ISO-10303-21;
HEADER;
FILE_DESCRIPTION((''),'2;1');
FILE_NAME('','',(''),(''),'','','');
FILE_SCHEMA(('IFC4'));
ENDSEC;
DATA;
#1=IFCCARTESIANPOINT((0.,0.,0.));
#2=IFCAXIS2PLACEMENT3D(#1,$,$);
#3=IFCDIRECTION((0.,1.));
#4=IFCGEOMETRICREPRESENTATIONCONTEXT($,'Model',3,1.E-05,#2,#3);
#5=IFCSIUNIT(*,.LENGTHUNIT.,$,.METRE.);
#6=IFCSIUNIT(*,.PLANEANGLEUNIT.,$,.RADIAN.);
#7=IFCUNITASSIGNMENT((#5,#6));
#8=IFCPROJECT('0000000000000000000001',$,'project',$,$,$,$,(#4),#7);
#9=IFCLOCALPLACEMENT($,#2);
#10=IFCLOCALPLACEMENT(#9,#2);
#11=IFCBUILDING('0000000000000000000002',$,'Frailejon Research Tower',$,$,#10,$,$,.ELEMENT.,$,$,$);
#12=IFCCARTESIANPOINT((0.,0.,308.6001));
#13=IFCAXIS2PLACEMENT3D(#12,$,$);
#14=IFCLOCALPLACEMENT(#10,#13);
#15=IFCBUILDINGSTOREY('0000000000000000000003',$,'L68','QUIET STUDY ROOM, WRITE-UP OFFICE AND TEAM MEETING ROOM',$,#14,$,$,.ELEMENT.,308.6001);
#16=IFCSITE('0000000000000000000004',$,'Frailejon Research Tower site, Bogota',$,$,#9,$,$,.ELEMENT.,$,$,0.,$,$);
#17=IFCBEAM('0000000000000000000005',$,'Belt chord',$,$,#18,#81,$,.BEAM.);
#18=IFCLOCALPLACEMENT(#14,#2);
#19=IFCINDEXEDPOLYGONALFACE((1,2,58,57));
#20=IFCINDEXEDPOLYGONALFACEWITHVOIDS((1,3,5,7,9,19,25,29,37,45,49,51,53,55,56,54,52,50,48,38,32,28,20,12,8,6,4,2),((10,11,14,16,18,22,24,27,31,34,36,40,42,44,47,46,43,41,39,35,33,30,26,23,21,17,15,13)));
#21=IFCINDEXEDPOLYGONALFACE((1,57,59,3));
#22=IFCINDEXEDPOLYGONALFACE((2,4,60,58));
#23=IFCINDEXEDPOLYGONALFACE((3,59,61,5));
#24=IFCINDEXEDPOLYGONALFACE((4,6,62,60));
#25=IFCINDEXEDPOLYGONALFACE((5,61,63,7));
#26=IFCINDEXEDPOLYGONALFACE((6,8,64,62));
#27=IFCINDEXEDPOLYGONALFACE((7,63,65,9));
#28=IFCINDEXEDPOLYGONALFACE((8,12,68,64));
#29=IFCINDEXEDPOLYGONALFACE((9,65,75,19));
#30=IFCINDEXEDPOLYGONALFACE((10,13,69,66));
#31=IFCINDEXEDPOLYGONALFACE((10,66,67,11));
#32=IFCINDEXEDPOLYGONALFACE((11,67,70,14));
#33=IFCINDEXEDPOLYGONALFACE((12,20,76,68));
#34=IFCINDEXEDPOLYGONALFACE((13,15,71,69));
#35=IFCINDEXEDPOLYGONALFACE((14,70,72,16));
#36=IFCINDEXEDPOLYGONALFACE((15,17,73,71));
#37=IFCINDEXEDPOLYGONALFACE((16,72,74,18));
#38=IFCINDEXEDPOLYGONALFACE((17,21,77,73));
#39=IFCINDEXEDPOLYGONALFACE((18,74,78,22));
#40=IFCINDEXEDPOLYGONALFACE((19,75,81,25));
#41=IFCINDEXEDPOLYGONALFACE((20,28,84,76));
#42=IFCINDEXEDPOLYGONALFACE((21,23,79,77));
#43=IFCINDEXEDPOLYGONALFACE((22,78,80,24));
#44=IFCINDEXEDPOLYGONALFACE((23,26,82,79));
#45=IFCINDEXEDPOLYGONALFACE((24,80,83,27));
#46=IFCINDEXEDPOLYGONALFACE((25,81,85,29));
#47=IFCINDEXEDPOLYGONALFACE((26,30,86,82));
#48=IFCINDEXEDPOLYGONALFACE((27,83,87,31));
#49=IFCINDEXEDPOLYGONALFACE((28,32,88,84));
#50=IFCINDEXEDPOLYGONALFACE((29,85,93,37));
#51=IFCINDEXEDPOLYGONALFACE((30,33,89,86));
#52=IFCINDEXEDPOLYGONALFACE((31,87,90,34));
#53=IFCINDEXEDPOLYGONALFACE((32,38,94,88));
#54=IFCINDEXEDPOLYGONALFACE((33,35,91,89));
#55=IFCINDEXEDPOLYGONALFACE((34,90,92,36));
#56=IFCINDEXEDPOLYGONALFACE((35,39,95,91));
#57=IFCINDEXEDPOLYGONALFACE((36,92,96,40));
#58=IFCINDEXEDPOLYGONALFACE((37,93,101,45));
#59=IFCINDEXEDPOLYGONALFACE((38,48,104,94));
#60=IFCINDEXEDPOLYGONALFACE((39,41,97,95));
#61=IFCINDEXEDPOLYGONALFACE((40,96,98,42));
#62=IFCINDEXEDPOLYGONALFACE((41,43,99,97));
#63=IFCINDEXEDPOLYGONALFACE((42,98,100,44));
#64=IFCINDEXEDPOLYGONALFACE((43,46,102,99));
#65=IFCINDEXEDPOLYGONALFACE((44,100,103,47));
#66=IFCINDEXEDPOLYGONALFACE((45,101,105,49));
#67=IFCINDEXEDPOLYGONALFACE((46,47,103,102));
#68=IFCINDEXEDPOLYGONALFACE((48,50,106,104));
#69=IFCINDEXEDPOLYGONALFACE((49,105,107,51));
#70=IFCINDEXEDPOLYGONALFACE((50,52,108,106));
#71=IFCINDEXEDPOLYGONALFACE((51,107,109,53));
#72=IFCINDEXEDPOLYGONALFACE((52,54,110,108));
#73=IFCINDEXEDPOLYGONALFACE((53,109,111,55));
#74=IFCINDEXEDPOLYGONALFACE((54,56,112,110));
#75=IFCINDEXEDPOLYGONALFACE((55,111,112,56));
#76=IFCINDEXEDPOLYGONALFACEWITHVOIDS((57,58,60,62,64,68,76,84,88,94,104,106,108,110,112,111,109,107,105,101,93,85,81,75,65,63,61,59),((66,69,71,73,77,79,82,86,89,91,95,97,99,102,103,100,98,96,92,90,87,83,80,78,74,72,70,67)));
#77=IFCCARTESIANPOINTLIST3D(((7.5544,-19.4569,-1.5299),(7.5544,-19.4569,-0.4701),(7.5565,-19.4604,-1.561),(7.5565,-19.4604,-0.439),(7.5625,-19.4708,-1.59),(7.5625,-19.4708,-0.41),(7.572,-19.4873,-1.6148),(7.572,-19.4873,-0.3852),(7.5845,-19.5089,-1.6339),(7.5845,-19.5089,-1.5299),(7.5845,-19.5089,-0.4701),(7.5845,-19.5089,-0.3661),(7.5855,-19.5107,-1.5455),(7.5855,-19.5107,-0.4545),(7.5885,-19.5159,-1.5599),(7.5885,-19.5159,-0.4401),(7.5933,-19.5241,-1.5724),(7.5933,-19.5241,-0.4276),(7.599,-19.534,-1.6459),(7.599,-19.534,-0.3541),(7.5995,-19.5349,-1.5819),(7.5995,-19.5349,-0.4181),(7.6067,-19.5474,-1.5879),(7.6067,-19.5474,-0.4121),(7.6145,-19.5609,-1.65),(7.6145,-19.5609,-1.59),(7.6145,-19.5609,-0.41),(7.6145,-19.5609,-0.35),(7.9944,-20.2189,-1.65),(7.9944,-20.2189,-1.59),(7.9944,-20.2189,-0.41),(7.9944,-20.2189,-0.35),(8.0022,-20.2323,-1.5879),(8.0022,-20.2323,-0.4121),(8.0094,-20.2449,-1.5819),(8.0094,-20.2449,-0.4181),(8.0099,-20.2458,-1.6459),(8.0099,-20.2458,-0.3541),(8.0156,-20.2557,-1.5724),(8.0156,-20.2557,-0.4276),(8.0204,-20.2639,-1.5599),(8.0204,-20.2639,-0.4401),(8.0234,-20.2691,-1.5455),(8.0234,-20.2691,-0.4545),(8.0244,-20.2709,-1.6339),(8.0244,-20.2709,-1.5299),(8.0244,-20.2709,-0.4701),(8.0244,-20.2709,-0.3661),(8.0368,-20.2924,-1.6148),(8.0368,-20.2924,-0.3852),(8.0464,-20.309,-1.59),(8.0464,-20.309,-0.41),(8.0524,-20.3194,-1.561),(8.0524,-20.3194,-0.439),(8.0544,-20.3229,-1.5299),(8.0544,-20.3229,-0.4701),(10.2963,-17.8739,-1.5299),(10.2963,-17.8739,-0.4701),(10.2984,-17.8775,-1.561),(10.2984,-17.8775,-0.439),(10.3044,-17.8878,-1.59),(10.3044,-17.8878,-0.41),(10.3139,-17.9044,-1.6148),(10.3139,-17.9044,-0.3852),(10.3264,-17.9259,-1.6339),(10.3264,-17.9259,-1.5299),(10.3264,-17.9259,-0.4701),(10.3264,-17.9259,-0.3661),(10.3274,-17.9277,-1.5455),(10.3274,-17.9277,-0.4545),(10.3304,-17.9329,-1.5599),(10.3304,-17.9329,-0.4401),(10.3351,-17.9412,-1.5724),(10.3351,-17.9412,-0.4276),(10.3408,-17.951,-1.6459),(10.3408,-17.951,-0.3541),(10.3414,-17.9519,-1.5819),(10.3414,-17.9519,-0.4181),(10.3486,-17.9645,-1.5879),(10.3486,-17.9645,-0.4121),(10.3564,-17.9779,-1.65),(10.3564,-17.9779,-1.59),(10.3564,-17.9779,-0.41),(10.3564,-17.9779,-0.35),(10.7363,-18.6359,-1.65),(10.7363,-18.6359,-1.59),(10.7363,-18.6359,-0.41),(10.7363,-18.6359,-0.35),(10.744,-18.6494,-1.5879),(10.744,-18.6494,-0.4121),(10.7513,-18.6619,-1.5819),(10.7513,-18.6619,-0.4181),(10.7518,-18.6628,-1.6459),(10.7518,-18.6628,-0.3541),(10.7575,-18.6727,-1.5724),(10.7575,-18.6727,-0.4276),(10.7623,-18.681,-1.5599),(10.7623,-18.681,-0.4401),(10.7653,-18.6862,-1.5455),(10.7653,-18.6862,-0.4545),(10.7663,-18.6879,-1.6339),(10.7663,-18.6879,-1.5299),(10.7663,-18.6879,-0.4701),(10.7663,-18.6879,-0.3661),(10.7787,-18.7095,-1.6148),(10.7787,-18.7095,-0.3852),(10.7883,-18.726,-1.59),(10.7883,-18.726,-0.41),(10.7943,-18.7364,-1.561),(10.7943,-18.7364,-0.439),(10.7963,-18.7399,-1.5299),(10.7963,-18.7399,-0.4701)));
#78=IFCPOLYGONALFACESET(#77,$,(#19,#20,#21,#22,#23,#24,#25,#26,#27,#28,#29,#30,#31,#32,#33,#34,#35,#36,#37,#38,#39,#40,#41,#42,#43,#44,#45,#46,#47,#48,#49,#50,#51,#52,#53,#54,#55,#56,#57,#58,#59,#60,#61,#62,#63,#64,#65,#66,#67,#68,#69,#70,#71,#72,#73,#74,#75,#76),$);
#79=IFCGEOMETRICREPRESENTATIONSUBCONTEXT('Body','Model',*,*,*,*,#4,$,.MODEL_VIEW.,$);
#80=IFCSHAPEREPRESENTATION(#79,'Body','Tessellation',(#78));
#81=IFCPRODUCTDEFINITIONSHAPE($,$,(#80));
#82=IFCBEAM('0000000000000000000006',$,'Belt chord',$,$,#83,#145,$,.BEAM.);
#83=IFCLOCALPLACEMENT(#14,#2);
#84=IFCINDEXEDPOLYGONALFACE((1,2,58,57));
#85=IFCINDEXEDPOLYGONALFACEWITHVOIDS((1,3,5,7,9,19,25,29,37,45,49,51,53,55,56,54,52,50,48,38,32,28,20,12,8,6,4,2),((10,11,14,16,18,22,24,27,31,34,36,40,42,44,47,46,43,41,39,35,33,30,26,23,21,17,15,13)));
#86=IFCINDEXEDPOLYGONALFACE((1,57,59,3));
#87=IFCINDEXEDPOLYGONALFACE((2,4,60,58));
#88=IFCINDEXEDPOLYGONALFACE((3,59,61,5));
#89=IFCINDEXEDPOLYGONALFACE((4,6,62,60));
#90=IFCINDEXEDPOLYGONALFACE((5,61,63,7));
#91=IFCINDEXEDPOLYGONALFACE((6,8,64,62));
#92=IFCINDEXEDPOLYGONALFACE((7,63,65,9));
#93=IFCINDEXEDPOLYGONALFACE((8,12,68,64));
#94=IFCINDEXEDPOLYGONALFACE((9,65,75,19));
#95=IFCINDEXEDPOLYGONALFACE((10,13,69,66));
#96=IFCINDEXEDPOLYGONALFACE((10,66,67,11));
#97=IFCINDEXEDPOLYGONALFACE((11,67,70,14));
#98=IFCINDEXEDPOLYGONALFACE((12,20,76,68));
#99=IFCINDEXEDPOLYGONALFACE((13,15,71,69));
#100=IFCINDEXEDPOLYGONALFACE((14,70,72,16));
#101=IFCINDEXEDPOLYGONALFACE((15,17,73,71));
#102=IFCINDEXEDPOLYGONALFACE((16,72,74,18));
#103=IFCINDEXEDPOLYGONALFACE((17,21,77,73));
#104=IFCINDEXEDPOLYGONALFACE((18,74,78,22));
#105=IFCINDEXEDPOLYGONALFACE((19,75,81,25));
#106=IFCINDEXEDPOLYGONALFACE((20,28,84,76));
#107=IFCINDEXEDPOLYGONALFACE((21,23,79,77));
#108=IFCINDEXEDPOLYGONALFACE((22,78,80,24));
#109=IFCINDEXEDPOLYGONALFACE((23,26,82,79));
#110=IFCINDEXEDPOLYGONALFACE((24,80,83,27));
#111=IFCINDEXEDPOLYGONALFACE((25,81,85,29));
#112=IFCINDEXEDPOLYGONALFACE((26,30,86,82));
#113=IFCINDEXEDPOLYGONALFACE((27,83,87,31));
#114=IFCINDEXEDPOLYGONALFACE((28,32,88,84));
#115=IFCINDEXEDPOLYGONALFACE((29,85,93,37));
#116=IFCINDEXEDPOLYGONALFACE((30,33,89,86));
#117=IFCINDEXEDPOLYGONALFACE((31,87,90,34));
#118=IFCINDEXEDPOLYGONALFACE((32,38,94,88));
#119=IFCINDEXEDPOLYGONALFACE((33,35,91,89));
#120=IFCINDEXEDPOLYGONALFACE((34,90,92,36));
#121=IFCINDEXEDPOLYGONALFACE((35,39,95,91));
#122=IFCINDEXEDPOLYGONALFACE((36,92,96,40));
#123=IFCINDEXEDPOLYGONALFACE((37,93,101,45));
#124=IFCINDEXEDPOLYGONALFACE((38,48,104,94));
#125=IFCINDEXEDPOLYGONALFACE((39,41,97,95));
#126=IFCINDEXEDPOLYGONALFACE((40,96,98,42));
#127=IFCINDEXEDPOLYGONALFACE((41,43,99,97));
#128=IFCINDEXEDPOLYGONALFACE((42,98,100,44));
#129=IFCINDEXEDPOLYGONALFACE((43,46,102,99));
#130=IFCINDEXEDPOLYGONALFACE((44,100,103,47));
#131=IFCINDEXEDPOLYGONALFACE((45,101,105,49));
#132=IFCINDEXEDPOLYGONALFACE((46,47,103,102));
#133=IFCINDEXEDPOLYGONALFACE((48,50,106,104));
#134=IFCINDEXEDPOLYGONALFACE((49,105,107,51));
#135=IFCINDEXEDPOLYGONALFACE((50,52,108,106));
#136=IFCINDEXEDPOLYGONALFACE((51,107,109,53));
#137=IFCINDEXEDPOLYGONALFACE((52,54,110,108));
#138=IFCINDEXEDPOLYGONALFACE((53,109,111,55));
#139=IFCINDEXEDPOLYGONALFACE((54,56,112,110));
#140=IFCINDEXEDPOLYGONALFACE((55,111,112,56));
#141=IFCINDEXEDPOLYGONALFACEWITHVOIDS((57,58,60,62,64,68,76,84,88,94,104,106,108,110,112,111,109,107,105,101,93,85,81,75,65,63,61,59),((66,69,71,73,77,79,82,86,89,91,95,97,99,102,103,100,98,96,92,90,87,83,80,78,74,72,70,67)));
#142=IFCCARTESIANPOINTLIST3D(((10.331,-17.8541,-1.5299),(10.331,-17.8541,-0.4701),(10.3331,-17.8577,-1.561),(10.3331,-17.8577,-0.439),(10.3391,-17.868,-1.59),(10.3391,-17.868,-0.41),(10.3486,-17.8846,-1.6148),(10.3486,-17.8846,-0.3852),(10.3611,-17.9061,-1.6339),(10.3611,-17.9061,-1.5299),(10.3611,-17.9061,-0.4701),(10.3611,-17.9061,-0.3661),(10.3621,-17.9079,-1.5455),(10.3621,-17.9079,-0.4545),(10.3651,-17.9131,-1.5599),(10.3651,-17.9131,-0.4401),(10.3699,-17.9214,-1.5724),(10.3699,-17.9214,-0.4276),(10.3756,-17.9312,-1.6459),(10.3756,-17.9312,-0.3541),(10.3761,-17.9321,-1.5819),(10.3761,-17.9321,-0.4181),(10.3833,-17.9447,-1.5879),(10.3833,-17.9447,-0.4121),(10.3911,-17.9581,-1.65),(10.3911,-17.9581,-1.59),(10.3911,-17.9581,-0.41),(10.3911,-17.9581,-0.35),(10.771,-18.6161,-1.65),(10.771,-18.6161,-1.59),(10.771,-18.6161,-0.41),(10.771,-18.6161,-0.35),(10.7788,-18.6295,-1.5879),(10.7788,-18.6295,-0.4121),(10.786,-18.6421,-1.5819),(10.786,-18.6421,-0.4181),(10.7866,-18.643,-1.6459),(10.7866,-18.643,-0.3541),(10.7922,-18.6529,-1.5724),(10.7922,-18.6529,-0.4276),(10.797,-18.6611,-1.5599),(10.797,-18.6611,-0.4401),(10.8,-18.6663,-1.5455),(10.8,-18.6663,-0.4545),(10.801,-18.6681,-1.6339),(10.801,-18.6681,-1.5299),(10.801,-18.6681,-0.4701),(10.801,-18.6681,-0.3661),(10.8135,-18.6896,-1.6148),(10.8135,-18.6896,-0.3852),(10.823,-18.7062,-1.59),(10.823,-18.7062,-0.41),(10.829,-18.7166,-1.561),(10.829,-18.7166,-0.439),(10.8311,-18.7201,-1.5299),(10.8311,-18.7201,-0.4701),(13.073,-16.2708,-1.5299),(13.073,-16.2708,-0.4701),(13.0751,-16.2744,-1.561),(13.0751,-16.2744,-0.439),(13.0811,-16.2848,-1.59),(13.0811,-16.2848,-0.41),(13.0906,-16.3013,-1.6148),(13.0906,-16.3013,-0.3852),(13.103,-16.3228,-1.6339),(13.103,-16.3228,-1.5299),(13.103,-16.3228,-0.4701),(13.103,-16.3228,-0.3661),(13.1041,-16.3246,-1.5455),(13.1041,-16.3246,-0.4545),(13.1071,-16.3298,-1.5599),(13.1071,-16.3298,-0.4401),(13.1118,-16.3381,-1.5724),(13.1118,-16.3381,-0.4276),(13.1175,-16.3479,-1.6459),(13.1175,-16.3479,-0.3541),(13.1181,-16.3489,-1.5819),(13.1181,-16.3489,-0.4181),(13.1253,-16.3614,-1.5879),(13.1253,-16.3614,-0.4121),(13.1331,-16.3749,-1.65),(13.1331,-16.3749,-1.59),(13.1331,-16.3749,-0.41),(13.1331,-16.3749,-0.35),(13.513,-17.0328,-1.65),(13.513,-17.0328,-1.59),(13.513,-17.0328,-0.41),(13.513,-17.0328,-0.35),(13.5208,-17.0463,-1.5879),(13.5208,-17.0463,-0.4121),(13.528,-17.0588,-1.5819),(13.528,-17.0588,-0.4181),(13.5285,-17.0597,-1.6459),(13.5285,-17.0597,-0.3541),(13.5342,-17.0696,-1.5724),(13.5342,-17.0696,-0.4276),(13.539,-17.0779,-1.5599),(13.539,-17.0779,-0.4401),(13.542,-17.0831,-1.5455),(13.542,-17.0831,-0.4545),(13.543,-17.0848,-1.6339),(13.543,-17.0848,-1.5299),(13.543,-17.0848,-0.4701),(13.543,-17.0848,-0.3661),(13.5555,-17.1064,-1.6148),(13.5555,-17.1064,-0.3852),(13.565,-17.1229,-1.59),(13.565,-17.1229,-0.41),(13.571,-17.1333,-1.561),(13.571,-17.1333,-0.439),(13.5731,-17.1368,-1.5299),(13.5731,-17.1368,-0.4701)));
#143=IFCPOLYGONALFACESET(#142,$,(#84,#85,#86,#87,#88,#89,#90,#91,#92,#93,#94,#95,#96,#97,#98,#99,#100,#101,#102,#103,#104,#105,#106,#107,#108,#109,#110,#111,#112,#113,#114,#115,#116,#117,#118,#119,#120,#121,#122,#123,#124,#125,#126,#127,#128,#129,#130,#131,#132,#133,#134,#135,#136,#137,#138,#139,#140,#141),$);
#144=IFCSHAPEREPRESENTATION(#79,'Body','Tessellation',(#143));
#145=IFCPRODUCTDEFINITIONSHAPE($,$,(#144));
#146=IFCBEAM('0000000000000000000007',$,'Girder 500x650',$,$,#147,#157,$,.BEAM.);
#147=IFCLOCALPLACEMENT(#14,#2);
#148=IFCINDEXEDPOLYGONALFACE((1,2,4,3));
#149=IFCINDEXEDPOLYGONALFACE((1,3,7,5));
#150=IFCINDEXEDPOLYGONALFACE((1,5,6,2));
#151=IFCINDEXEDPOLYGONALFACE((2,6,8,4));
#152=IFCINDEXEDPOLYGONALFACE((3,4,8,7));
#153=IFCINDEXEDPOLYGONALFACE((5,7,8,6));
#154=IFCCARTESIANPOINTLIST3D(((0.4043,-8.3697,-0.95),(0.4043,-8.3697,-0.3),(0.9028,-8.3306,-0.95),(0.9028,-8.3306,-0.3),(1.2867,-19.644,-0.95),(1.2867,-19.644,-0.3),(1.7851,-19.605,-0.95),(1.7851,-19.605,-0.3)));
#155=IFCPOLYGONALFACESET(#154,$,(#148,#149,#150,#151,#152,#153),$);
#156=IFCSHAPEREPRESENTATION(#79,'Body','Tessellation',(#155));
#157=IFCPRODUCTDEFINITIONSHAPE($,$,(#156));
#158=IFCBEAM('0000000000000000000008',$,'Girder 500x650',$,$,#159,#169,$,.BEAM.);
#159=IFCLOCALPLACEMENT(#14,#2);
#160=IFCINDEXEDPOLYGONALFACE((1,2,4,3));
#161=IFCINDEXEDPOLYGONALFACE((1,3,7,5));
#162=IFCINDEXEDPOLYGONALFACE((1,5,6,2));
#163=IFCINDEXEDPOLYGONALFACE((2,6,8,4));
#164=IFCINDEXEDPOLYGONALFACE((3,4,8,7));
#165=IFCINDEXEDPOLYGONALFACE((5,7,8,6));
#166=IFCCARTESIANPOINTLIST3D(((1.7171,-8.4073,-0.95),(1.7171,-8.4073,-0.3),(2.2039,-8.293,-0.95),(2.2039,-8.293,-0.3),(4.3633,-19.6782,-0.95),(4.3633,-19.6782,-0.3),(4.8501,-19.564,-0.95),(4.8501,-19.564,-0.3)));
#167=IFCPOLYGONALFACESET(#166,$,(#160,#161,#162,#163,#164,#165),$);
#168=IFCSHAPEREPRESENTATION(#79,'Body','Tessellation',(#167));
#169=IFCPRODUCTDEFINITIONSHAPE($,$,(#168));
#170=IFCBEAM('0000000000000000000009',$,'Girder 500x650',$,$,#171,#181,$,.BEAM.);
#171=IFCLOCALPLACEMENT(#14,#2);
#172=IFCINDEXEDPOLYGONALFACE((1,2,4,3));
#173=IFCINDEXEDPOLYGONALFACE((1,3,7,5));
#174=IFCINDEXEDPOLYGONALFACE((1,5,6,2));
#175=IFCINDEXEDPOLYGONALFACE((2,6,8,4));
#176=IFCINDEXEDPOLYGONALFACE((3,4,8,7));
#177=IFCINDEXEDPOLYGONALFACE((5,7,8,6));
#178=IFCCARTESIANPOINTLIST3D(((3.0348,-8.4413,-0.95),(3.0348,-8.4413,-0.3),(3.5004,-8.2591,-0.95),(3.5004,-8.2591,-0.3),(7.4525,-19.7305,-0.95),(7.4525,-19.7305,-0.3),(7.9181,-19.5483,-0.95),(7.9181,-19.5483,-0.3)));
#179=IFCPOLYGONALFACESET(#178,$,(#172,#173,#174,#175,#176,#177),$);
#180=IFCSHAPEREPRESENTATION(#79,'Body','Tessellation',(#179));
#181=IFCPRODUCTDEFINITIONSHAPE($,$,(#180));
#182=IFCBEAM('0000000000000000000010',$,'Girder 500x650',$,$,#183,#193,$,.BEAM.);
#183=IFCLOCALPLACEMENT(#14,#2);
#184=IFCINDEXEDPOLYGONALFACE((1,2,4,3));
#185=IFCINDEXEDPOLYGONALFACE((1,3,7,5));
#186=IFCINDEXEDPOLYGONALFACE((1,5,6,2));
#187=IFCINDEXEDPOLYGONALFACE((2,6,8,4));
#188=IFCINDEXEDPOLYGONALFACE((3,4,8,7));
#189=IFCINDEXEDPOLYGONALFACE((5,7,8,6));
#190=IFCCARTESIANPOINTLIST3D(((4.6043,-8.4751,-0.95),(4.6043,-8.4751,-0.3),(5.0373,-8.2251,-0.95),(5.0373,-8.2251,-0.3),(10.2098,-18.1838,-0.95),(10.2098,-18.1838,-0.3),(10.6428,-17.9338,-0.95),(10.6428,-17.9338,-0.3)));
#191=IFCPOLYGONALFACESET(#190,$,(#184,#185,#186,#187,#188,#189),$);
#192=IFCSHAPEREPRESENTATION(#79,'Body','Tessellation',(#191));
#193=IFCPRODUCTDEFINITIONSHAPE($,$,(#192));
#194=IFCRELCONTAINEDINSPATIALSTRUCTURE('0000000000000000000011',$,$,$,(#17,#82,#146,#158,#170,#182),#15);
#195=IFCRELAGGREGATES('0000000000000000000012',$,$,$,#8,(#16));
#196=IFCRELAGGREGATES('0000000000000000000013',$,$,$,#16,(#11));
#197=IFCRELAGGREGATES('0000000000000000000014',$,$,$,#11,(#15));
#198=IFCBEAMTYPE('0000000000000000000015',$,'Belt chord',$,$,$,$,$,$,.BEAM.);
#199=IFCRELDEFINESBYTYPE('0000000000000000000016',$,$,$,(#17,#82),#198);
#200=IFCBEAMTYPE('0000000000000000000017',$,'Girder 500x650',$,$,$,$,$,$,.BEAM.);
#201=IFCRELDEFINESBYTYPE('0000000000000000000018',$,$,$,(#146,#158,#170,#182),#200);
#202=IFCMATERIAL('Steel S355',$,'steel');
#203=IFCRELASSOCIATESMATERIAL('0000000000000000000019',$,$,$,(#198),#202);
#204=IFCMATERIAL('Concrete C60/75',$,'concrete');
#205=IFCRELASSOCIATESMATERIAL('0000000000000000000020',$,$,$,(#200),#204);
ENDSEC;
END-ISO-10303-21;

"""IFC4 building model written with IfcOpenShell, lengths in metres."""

from ifc_helpers import new_model, si_unit, direction, frame, origin, origin_2d, place, context, subcontext, project, spatial, rectangle, hollow_rectangle, extrude, material, material_profile, profile_set, type_object, element, save


model = new_model("IFC4")

# Units and contexts
model_context = context("Model", 3, precision=1e-05, world=origin(), true_north=direction((0.0, 1.0)))
body_context = subcontext(model_context, "Body", "Model", "MODEL_VIEW")
ifc_project = project(units=[si_unit("LENGTHUNIT", "METRE"), si_unit("PLANEANGLEUNIT", "RADIAN")], contexts=[model_context])

# Site, building, storey
site_placement = place(None, origin())
site = spatial("IfcSite", under=ifc_project, at=site_placement, Name="Frailejon Research Tower site, Bogota", CompositionType="ELEMENT", RefElevation=0.0)
building_placement = place(site_placement, origin())
building = spatial("IfcBuilding", under=site, at=building_placement, Name="Frailejon Research Tower", CompositionType="ELEMENT")
storey_placement = place(building_placement, frame((0.0, 0.0, 308.6001)))
storey = spatial("IfcBuildingStorey", under=building, at=storey_placement, Name="L68", Description="QUIET STUDY ROOM, WRITE-UP OFFICE AND TEAM MEETING ROOM", CompositionType="ELEMENT", Elevation=308.6001)

# Beams
ifc_material_1 = material(Name="Steel S355", Category="steel")
ifc_material_profile_1 = material_profile(ifc_material_1, hollow_rectangle(XDim=1.0, YDim=1.3, WallThickness=0.0601, InnerFilletRadius=0.0601, OuterFilletRadius=0.1201, at=origin_2d()), Name="Belt chord")
ifc_profile_set_1 = profile_set([ifc_material_profile_1], Name="Steel S355")
beam_type_1 = type_object("IfcBeamType", Name="Belt chord", PredefinedType="BEAM", material=ifc_profile_set_1)
beam_1_placement = place(storey_placement, frame((7.8044, -19.8899, -1.0), z_axis=(0.866033, 0.499987, 0.0), x_axis=(-0.499987, 0.866033, 0.0)))
element("IfcBeam", 1, at=beam_1_placement, inside=storey, type_object=beam_type_1, Name="Belt chord", PredefinedType="BEAM", context=body_context, shape_type="SweptSolid", body=[
    extrude(hollow_rectangle(XDim=1.0, YDim=1.3, WallThickness=0.0601, InnerFilletRadius=0.0601, OuterFilletRadius=0.1201, at=origin_2d()), origin(), (0.0, 0.0, 1.0), 3.166),
])
beam_2_placement = place(storey_placement, frame((10.5811, -18.2871, -1.0), z_axis=(0.865999, 0.500045, 0.0), x_axis=(-0.500045, 0.865999, 0.0)))
element("IfcBeam", 2, at=beam_2_placement, inside=storey, type_object=beam_type_1, Name="Belt chord", PredefinedType="BEAM", context=body_context, shape_type="SweptSolid", body=[
    extrude(hollow_rectangle(XDim=1.0, YDim=1.3, WallThickness=0.0601, InnerFilletRadius=0.0601, OuterFilletRadius=0.1201, at=origin_2d()), origin(), (0.0, 0.0, 1.0), 3.1663),
])
ifc_material_2 = material(Name="Concrete C60/75", Category="concrete")
ifc_material_profile_2 = material_profile(ifc_material_2, rectangle(XDim=0.5, YDim=0.6499, at=origin_2d()), Name="Girder 500x650")
ifc_profile_set_2 = profile_set([ifc_material_profile_2], Name="Concrete C60/75")
beam_type_2 = type_object("IfcBeamType", Name="Girder 500x650", PredefinedType="BEAM", material=ifc_profile_set_2)
beam_3_placement = place(storey_placement, frame((1.5359, -19.6245, -0.625), z_axis=(-0.07802, 0.996952, 0.0), x_axis=(-0.996952, -0.07802, 0.0)))
element("IfcBeam", 3, at=beam_3_placement, inside=storey, type_object=beam_type_2, Name="Girder 500x650", PredefinedType="BEAM", context=body_context, shape_type="SweptSolid", body=[
    extrude(rectangle(XDim=0.5, YDim=0.6499, at=origin_2d()), origin(), (0.0, 0.0, 1.0), 11.3088),
])
beam_4_placement = place(storey_placement, frame((4.6067, -19.6211, -0.625), z_axis=(-0.228568, 0.973528, 0.0), x_axis=(-0.973528, -0.228568, 0.0)))
element("IfcBeam", 4, at=beam_4_placement, inside=storey, type_object=beam_type_2, Name="Girder 500x650", PredefinedType="BEAM", context=body_context, shape_type="SweptSolid", body=[
    extrude(rectangle(XDim=0.5, YDim=0.6499, at=origin_2d()), origin(), (0.0, 0.0, 1.0), 11.5774),
])
beam_5_placement = place(storey_placement, frame((7.6853, -19.6394, -0.625), z_axis=(-0.364411, 0.931238, 0.0), x_axis=(-0.931238, -0.364411, 0.0)))
element("IfcBeam", 5, at=beam_5_placement, inside=storey, type_object=beam_type_2, Name="Girder 500x650", PredefinedType="BEAM", context=body_context, shape_type="SweptSolid", body=[
    extrude(rectangle(XDim=0.5, YDim=0.6499, at=origin_2d()), origin(), (0.0, 0.0, 1.0), 12.1228),
])
beam_6_placement = place(storey_placement, frame((10.4263, -18.0588, -0.625), z_axis=(-0.500008, 0.866021, 0.0), x_axis=(-0.866021, -0.500008, 0.0)))
element("IfcBeam", 6, at=beam_6_placement, inside=storey, type_object=beam_type_2, Name="Girder 500x650", PredefinedType="BEAM", context=body_context, shape_type="SweptSolid", body=[
    extrude(rectangle(XDim=0.5, YDim=0.6499, at=origin_2d()), origin(), (0.0, 0.0, 1.0), 11.2107),
])

save(model, "model.ifc")
